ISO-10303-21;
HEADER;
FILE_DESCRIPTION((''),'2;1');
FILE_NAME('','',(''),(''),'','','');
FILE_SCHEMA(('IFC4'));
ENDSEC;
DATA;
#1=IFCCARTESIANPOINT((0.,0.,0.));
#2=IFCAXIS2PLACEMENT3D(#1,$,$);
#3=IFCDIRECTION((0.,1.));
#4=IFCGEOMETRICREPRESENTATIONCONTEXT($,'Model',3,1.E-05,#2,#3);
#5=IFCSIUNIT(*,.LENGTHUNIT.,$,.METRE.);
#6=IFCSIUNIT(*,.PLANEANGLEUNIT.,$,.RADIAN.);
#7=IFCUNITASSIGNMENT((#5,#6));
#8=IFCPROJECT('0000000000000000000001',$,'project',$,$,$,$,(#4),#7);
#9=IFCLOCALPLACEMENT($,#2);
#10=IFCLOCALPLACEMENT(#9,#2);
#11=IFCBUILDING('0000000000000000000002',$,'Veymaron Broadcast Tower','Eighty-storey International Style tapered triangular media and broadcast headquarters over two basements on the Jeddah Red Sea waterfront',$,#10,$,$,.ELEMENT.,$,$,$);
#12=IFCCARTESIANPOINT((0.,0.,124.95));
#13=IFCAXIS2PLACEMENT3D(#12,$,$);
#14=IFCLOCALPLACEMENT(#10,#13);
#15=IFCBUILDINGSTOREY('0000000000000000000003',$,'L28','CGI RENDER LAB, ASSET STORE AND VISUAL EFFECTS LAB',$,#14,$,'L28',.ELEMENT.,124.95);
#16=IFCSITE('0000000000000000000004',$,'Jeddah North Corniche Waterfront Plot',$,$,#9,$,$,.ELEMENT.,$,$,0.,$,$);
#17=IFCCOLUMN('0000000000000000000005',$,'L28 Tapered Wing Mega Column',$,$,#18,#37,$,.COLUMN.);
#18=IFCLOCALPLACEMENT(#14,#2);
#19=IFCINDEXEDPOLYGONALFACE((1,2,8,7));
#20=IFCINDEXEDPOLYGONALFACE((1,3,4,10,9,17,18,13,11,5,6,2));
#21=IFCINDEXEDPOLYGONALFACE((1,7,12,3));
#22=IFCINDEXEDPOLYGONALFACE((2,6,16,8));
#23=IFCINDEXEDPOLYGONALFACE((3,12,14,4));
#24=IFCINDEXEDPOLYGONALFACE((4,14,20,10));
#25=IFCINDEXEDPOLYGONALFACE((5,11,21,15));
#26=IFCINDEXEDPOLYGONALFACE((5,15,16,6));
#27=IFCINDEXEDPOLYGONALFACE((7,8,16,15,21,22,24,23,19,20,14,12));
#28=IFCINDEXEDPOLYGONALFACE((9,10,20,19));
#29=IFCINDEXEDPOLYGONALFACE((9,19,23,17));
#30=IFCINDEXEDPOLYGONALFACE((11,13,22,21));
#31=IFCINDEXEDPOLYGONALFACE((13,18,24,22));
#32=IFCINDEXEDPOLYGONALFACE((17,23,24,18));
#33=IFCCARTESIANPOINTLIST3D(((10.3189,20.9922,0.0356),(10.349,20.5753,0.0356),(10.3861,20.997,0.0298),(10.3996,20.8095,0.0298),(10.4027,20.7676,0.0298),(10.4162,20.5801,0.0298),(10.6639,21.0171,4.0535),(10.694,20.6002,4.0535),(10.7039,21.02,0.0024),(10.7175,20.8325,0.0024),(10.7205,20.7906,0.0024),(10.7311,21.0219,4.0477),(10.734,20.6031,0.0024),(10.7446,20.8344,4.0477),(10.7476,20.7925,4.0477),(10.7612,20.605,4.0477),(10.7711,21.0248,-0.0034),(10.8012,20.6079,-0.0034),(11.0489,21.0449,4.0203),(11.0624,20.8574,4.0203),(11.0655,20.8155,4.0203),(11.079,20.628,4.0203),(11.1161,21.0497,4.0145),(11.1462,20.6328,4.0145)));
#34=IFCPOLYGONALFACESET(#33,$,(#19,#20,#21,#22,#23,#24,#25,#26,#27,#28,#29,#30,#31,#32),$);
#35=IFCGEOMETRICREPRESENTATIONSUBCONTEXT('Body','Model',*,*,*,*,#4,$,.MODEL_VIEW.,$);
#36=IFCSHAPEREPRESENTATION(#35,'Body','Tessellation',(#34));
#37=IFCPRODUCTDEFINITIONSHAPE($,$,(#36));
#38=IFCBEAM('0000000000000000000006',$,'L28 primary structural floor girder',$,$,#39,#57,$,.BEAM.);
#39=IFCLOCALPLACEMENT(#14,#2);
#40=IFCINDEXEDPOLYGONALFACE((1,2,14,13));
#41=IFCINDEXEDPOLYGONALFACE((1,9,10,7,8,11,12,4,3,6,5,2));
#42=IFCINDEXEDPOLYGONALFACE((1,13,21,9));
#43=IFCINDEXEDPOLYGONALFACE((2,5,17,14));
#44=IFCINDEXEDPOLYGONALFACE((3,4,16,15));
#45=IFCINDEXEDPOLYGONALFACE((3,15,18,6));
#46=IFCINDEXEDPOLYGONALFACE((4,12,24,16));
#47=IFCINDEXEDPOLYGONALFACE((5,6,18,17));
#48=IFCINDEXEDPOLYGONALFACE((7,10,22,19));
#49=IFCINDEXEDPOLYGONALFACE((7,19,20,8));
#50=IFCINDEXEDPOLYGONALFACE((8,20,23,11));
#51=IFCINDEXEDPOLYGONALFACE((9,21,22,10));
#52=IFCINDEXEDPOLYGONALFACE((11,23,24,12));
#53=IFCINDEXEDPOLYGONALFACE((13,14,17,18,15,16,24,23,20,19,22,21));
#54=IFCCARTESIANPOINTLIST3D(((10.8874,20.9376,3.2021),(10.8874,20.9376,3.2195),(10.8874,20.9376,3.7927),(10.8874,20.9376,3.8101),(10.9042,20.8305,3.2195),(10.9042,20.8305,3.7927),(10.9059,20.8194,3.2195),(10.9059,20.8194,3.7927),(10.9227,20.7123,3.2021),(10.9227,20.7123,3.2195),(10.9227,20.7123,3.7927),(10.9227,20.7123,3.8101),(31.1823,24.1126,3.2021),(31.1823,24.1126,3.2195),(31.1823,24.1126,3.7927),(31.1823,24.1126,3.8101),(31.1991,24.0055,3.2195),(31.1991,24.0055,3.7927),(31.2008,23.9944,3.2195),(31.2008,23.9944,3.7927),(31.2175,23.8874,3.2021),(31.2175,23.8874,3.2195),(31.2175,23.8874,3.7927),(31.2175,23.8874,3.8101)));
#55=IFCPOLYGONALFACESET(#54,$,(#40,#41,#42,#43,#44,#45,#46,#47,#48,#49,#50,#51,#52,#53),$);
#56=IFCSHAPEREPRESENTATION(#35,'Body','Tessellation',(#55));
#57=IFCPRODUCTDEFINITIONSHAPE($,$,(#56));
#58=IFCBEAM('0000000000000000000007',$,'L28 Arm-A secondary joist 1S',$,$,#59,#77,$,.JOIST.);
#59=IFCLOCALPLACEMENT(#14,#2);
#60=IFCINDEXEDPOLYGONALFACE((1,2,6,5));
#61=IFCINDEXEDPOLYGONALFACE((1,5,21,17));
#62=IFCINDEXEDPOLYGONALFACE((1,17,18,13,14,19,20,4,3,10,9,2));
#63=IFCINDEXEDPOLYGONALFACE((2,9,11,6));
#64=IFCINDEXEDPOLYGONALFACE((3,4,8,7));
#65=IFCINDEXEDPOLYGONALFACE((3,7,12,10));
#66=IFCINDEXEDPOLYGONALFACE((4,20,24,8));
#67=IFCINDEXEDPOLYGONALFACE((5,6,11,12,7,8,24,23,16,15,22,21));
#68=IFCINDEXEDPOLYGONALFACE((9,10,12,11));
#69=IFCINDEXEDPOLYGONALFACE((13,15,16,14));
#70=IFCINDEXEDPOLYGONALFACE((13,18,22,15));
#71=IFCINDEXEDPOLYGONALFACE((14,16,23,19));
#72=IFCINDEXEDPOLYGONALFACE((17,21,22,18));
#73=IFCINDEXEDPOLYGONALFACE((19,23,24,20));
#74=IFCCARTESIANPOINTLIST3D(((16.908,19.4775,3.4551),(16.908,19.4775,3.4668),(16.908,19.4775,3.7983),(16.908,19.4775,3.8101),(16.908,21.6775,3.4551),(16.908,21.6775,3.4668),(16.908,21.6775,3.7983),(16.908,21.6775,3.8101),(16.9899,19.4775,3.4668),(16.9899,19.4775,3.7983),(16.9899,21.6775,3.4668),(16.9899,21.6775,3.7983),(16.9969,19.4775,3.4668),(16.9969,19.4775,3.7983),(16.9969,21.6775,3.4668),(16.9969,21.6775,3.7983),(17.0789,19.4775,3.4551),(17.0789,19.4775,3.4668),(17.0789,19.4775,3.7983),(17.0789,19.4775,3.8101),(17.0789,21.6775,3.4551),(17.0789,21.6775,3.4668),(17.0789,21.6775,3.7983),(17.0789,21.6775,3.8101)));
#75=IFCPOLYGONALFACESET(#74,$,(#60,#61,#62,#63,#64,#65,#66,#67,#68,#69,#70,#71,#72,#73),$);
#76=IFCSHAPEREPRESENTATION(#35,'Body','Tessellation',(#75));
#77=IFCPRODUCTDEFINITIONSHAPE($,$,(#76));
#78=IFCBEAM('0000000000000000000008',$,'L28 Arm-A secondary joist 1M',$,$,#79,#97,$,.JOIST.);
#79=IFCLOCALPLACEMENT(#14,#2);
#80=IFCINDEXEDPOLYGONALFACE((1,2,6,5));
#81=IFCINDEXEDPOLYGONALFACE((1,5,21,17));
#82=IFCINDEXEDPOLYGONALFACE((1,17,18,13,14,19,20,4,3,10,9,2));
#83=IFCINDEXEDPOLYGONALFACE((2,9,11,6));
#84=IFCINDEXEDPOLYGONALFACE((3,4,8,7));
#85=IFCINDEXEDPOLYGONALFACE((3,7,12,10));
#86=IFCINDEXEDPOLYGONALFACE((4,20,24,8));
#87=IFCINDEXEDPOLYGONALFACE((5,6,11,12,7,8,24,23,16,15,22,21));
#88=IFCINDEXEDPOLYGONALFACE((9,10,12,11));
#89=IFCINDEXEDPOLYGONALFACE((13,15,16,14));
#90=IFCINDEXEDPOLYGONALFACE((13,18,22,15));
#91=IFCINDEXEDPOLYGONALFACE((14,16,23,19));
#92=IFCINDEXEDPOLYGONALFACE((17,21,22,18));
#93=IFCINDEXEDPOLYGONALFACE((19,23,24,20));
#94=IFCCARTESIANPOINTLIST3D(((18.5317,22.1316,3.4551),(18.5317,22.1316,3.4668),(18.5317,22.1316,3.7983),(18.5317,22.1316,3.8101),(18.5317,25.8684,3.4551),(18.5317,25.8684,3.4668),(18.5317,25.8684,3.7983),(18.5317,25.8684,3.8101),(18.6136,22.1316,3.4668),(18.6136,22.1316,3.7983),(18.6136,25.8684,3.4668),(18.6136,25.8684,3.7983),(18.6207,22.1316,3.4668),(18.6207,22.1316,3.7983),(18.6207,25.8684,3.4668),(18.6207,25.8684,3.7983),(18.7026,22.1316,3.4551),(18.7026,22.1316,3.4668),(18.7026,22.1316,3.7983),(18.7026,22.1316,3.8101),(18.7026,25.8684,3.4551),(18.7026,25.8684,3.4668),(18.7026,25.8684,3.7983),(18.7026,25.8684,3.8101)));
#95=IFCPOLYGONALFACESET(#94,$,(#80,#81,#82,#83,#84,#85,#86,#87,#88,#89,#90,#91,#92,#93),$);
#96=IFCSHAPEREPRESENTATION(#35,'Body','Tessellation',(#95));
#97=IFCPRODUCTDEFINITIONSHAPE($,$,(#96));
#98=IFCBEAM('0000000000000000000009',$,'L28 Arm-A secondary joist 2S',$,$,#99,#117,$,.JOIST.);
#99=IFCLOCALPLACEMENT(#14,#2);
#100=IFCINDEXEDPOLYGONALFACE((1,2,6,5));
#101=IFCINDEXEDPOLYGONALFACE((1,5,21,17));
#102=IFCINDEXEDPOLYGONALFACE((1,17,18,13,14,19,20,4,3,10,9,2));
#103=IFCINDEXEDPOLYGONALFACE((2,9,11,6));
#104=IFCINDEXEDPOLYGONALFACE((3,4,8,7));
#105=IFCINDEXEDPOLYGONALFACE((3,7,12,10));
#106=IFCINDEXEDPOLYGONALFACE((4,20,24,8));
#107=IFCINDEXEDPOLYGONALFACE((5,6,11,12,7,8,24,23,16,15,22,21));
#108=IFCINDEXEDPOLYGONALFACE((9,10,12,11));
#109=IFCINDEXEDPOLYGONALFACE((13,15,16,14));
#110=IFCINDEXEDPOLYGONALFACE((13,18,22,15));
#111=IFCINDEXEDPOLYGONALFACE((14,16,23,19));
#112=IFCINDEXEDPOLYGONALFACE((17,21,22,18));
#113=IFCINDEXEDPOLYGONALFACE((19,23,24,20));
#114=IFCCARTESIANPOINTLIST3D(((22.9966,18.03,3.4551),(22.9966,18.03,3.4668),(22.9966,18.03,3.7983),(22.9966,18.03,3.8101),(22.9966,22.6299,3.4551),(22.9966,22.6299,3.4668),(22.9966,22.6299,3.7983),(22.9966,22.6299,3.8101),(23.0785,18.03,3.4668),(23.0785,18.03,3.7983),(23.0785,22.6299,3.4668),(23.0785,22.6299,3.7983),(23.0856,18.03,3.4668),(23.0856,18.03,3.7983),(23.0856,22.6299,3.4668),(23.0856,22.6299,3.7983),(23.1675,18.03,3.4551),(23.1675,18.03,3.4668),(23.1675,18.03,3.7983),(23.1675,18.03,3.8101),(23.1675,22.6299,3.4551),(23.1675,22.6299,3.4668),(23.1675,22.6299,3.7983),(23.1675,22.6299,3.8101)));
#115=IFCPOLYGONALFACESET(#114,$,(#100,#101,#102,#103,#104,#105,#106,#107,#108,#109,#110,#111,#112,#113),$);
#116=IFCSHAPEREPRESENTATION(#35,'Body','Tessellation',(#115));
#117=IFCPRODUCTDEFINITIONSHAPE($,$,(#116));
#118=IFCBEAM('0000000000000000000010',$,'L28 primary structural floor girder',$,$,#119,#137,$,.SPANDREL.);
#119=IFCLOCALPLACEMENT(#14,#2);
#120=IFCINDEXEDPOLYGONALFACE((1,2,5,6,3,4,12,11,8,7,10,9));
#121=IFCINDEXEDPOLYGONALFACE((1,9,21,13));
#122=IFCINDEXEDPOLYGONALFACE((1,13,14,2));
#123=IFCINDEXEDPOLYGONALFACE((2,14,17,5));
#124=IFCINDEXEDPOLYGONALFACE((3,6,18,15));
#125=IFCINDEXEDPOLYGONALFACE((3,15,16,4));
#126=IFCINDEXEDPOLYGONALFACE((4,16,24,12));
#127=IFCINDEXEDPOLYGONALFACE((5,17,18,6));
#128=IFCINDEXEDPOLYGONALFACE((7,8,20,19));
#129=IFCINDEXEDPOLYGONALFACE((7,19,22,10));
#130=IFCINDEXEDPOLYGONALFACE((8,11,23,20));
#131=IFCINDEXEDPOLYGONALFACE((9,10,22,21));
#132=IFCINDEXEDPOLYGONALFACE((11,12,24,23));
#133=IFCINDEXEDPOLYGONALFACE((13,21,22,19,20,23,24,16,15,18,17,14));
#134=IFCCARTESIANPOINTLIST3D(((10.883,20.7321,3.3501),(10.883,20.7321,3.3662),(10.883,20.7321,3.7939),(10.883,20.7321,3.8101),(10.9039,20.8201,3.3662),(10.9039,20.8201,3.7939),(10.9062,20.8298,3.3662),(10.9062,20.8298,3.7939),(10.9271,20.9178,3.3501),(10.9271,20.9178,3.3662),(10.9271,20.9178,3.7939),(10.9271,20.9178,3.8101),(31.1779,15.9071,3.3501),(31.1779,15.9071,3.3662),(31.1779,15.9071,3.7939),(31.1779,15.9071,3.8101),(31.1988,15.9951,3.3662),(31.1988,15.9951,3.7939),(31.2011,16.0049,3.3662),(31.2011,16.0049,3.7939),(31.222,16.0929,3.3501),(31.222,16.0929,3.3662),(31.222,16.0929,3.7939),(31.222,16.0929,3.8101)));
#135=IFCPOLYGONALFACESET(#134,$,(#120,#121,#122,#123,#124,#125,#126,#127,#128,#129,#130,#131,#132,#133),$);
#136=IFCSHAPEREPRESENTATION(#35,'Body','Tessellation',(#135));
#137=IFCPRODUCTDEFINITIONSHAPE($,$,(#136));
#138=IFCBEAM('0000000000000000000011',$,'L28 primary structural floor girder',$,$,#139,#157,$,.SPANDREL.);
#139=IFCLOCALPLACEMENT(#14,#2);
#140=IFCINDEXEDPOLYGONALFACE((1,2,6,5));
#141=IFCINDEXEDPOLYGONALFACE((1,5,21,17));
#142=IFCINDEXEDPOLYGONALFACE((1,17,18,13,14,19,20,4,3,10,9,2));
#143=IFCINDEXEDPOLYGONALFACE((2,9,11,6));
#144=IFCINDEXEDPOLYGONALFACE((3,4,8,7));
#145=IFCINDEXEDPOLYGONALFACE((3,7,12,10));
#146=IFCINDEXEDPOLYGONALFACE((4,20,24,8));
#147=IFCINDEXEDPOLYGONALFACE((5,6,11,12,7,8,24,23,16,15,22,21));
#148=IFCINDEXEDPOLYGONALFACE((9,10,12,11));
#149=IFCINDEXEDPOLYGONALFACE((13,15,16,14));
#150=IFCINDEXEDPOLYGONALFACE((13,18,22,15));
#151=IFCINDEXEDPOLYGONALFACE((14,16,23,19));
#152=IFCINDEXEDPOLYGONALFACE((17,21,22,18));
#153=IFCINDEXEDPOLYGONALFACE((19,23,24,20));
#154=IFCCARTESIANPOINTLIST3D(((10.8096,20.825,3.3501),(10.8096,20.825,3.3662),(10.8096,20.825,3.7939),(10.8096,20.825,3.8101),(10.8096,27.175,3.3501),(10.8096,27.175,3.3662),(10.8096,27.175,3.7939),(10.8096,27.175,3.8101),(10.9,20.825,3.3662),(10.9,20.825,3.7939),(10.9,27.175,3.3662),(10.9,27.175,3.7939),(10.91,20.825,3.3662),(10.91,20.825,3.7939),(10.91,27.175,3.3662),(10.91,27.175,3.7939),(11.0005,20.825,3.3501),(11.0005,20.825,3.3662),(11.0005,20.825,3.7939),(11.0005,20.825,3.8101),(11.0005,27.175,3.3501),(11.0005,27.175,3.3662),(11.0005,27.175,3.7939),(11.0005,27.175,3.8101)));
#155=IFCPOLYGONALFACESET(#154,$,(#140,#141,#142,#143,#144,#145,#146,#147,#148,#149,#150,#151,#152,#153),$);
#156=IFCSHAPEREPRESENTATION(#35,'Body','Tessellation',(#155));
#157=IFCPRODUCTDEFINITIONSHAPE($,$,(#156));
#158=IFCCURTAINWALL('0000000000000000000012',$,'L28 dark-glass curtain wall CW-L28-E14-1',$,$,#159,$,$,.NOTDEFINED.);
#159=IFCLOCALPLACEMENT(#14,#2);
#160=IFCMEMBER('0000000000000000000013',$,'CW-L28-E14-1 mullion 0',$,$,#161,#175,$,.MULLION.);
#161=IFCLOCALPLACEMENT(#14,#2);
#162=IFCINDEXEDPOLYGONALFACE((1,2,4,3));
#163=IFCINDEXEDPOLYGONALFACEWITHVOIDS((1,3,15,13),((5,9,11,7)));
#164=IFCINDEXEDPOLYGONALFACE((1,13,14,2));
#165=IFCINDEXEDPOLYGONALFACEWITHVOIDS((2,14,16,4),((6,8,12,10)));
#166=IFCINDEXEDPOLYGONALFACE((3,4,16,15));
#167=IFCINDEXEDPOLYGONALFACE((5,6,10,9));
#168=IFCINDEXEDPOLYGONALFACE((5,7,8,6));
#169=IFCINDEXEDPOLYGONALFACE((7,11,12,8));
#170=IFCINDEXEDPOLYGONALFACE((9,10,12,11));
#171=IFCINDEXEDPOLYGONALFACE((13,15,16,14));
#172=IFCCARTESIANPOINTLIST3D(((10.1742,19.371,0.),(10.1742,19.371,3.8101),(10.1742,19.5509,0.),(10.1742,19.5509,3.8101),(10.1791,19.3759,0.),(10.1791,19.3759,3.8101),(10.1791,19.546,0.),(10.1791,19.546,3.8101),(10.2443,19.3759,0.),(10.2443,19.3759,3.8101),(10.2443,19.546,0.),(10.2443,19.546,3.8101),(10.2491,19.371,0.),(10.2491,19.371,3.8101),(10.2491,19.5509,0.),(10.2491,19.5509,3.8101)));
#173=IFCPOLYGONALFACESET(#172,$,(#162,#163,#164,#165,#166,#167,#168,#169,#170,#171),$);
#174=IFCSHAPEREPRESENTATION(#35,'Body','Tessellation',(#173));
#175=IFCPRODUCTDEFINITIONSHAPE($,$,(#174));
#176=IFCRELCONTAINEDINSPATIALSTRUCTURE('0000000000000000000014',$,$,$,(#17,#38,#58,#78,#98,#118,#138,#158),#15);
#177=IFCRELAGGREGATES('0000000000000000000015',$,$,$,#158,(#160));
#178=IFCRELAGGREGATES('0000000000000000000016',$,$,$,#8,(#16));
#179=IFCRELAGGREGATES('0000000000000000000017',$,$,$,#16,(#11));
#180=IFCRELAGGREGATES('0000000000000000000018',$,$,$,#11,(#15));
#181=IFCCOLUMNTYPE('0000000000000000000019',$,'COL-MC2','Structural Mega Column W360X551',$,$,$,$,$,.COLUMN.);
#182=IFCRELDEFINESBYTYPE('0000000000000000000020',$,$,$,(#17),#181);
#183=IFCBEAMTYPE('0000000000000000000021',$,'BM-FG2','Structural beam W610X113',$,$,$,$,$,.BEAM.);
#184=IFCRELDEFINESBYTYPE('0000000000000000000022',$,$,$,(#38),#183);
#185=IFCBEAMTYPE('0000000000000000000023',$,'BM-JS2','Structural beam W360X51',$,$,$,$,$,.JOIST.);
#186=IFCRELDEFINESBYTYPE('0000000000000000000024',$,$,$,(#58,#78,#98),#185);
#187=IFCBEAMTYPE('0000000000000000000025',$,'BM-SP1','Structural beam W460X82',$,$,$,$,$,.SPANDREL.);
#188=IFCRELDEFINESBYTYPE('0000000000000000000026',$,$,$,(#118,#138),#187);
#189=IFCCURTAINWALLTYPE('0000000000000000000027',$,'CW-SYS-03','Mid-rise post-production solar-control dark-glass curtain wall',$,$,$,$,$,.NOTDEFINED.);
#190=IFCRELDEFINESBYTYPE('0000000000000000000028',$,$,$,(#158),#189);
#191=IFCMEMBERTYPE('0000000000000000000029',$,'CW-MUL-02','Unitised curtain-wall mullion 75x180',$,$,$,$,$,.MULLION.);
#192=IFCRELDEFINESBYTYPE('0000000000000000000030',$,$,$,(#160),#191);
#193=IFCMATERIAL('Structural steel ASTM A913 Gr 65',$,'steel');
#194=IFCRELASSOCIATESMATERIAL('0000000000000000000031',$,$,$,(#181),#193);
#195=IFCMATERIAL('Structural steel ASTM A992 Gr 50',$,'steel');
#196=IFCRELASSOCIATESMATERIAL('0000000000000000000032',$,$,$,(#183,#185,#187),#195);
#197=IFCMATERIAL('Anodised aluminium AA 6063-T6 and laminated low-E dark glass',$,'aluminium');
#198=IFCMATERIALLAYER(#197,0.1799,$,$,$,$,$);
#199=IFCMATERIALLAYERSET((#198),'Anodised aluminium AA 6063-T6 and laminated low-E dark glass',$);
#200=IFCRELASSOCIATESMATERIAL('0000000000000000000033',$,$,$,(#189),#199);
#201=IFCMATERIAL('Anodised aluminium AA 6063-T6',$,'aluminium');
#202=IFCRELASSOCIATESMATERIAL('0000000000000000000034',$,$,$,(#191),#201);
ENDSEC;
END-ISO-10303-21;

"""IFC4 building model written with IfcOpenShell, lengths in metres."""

from ifc_helpers import new_model, si_unit, direction, frame, origin, origin_2d, place, context, subcontext, project, spatial, hollow_rectangle, i_section, extrude, material, layer, layer_set, material_profile, profile_set, type_object, element, aggregate, save


model = new_model("IFC4")

# Units and contexts
model_context = context("Model", 3, precision=1e-05, world=origin(), true_north=direction((0.0, 1.0)))
body_context = subcontext(model_context, "Body", "Model", "MODEL_VIEW")
ifc_project = project(units=[si_unit("LENGTHUNIT", "METRE"), si_unit("PLANEANGLEUNIT", "RADIAN")], contexts=[model_context])

# Site, building, storey
site_placement = place(None, origin())
site = spatial("IfcSite", under=ifc_project, at=site_placement, Name="Jeddah North Corniche Waterfront Plot", CompositionType="ELEMENT", RefElevation=0.0)
building_placement = place(site_placement, origin())
building = spatial("IfcBuilding", under=site, at=building_placement, Name="Veymaron Broadcast Tower", Description="Eighty-storey International Style tapered triangular media and broadcast headquarters over two basements on the Jeddah Red Sea waterfront", CompositionType="ELEMENT")
storey_placement = place(building_placement, frame((0.0, 0.0, 124.95)))
storey = spatial("IfcBuildingStorey", under=building, at=storey_placement, Name="L28", Description="CGI RENDER LAB, ASSET STORE AND VISUAL EFFECTS LAB", LongName="L28", CompositionType="ELEMENT", Elevation=124.95)

# Column
ifc_material_1 = material(Name="Structural steel ASTM A913 Gr 65", Category="steel")
ifc_material_profile_1 = material_profile(ifc_material_1, i_section(OverallWidth=0.418, OverallDepth=0.4551, WebThickness=0.042, FlangeThickness=0.0676, at=origin_2d()), Name="W360X551")
ifc_profile_set_1 = profile_set([ifc_material_profile_1], Name="Structural steel ASTM A913 Gr 65")
column_type = type_object("IfcColumnType", Name="COL-MC2", Description="Structural Mega Column W360X551", PredefinedType="COLUMN", material=ifc_profile_set_1)
column_placement = place(storey_placement, frame((10.5601, 20.8, 0.0161), z_axis=(0.085544, 0.006175, 0.996315), x_axis=(-0.071999, 0.997405, 0.0)))
element("IfcColumn", 1, at=column_placement, inside=storey, type_object=column_type, Name="L28 Tapered Wing Mega Column", PredefinedType="COLUMN", context=body_context, shape_type="SweptSolid", body=[
    extrude(i_section(OverallWidth=0.418, OverallDepth=0.4551, WebThickness=0.042, FlangeThickness=0.0676, at=origin_2d()), origin(), (0.0, 0.0, 1.0), 4.0327),
])

# Beams
ifc_material_2 = material(Name="Structural steel ASTM A992 Gr 50", Category="steel")
ifc_material_profile_2 = material_profile(ifc_material_2, i_section(OverallWidth=0.228, OverallDepth=0.6079, WebThickness=0.0112, FlangeThickness=0.0173, at=origin_2d()), Name="W610X113")
ifc_profile_set_2 = profile_set([ifc_material_profile_2], Name="Structural steel ASTM A992 Gr 50")
beam_type_1 = type_object("IfcBeamType", Name="BM-FG2", Description="Structural beam W610X113", PredefinedType="BEAM", material=ifc_profile_set_2)
beam_1_placement = place(storey_placement, frame((10.905, 20.825, 3.5061), z_axis=(0.987983, 0.154565, 0.0), x_axis=(-0.154565, 0.987983, 0.0)))
element("IfcBeam", 2, at=beam_1_placement, inside=storey, type_object=beam_type_1, Name="L28 primary structural floor girder", PredefinedType="BEAM", context=body_context, shape_type="SweptSolid", body=[
    extrude(i_section(OverallWidth=0.228, OverallDepth=0.6079, WebThickness=0.0112, FlangeThickness=0.0173, at=origin_2d()), origin(), (0.0, 0.0, 1.0), 20.5417),
])
ifc_material_profile_3 = material_profile(ifc_material_2, i_section(OverallWidth=0.1709, OverallDepth=0.355, WebThickness=0.0071, FlangeThickness=0.0117, at=origin_2d()), Name="W360X51")
ifc_profile_set_3 = profile_set([ifc_material_profile_3], Name="Structural steel ASTM A992 Gr 50")
beam_type_2 = type_object("IfcBeamType", Name="BM-JS2", Description="Structural beam W360X51", PredefinedType="JOIST", material=ifc_profile_set_3)
beam_2_placement = place(storey_placement, frame((16.9934, 19.4775, 3.6326), z_axis=(0.0, 1.0, 0.0), x_axis=(-1.0, 0.0, 0.0)))
element("IfcBeam", 3, at=beam_2_placement, inside=storey, type_object=beam_type_2, Name="L28 Arm-A secondary joist 1S", PredefinedType="JOIST", context=body_context, shape_type="SweptSolid", body=[
    extrude(i_section(OverallWidth=0.1709, OverallDepth=0.355, WebThickness=0.0071, FlangeThickness=0.0117, at=origin_2d()), origin(), (0.0, 0.0, 1.0), 2.2),
])
beam_3_placement = place(storey_placement, frame((18.6172, 22.1316, 3.6326), z_axis=(0.0, 1.0, 0.0), x_axis=(-1.0, 0.0, 0.0)))
element("IfcBeam", 4, at=beam_3_placement, inside=storey, type_object=beam_type_2, Name="L28 Arm-A secondary joist 1M", PredefinedType="JOIST", context=body_context, shape_type="SweptSolid", body=[
    extrude(i_section(OverallWidth=0.1709, OverallDepth=0.355, WebThickness=0.0071, FlangeThickness=0.0117, at=origin_2d()), origin(), (0.0, 0.0, 1.0), 3.7368),
])
beam_4_placement = place(storey_placement, frame((23.082, 18.03, 3.6326), z_axis=(0.0, 1.0, 0.0), x_axis=(-1.0, 0.0, 0.0)))
element("IfcBeam", 5, at=beam_4_placement, inside=storey, type_object=beam_type_2, Name="L28 Arm-A secondary joist 2S", PredefinedType="JOIST", context=body_context, shape_type="SweptSolid", body=[
    extrude(i_section(OverallWidth=0.1709, OverallDepth=0.355, WebThickness=0.0071, FlangeThickness=0.0117, at=origin_2d()), origin(), (0.0, 0.0, 1.0), 4.5999),
])
ifc_material_profile_4 = material_profile(ifc_material_2, i_section(OverallWidth=0.1909, OverallDepth=0.46, WebThickness=0.01, FlangeThickness=0.0161, at=origin_2d()), Name="W460X82")
ifc_profile_set_4 = profile_set([ifc_material_profile_4], Name="Structural steel ASTM A992 Gr 50")
beam_type_3 = type_object("IfcBeamType", Name="BM-SP1", Description="Structural beam W460X82", PredefinedType="SPANDREL", material=ifc_profile_set_4)
beam_5_placement = place(storey_placement, frame((10.905, 20.825, 3.5801), z_axis=(0.972884, -0.231295, 0.0), x_axis=(0.231295, 0.972884, 0.0)))
element("IfcBeam", 6, at=beam_5_placement, inside=storey, type_object=beam_type_3, Name="L28 primary structural floor girder", PredefinedType="SPANDREL", context=body_context, shape_type="SweptSolid", body=[
    extrude(i_section(OverallWidth=0.1909, OverallDepth=0.46, WebThickness=0.01, FlangeThickness=0.0161, at=origin_2d()), origin(), (0.0, 0.0, 1.0), 20.8606),
])
beam_6_placement = place(storey_placement, frame((10.905, 20.825, 3.5801), z_axis=(0.0, 1.0, 0.0), x_axis=(-1.0, 0.0, 0.0)))
element("IfcBeam", 7, at=beam_6_placement, inside=storey, type_object=beam_type_3, Name="L28 primary structural floor girder", PredefinedType="SPANDREL", context=body_context, shape_type="SweptSolid", body=[
    extrude(i_section(OverallWidth=0.1909, OverallDepth=0.46, WebThickness=0.01, FlangeThickness=0.0161, at=origin_2d()), origin(), (0.0, 0.0, 1.0), 6.3501),
])

# Curtain wall, member
ifc_material_3 = material(Name="Anodised aluminium AA 6063-T6 and laminated low-E dark glass", Category="aluminium")
ifc_layer_1 = layer(ifc_material_3, 0.1799)
ifc_layer_set_1 = layer_set([ifc_layer_1], Name="Anodised aluminium AA 6063-T6 and laminated low-E dark glass")
curtain_wall_type = type_object("IfcCurtainWallType", Name="CW-SYS-03", Description="Mid-rise post-production solar-control dark-glass curtain wall", PredefinedType="NOTDEFINED", material=ifc_layer_set_1)
curtain_wall_placement = place(storey_placement, origin())
curtain_wall = element("IfcCurtainWall", 8, at=curtain_wall_placement, inside=storey, type_object=curtain_wall_type, Name="L28 dark-glass curtain wall CW-L28-E14-1", PredefinedType="NOTDEFINED")
ifc_material_4 = material(Name="Anodised aluminium AA 6063-T6", Category="aluminium")
ifc_material_profile_5 = material_profile(ifc_material_4, hollow_rectangle(XDim=0.075, YDim=0.1799, WallThickness=0.0049, at=origin_2d()), Name="AL180X75X5")
ifc_profile_set_5 = profile_set([ifc_material_profile_5], Name="Anodised aluminium AA 6063-T6")
member_type_1 = type_object("IfcMemberType", Name="CW-MUL-02", Description="Unitised curtain-wall mullion 75x180", PredefinedType="MULLION", material=ifc_profile_set_5)
member_1_placement = place(storey_placement, frame((10.2117, 19.4609, 0.0), z_axis=(0.0, 0.0, 1.0), x_axis=(1.0, 0.0, 0.0)))
member_1 = element("IfcMember", 9, at=member_1_placement, type_object=member_type_1, Name="CW-L28-E14-1 mullion 0", PredefinedType="MULLION", context=body_context, shape_type="SweptSolid", body=[
    extrude(hollow_rectangle(XDim=0.075, YDim=0.1799, WallThickness=0.0049, at=origin_2d()), origin(), (0.0, 0.0, 1.0), 3.8101),
])
aggregate(curtain_wall, [member_1])

save(model, "model.ifc")
